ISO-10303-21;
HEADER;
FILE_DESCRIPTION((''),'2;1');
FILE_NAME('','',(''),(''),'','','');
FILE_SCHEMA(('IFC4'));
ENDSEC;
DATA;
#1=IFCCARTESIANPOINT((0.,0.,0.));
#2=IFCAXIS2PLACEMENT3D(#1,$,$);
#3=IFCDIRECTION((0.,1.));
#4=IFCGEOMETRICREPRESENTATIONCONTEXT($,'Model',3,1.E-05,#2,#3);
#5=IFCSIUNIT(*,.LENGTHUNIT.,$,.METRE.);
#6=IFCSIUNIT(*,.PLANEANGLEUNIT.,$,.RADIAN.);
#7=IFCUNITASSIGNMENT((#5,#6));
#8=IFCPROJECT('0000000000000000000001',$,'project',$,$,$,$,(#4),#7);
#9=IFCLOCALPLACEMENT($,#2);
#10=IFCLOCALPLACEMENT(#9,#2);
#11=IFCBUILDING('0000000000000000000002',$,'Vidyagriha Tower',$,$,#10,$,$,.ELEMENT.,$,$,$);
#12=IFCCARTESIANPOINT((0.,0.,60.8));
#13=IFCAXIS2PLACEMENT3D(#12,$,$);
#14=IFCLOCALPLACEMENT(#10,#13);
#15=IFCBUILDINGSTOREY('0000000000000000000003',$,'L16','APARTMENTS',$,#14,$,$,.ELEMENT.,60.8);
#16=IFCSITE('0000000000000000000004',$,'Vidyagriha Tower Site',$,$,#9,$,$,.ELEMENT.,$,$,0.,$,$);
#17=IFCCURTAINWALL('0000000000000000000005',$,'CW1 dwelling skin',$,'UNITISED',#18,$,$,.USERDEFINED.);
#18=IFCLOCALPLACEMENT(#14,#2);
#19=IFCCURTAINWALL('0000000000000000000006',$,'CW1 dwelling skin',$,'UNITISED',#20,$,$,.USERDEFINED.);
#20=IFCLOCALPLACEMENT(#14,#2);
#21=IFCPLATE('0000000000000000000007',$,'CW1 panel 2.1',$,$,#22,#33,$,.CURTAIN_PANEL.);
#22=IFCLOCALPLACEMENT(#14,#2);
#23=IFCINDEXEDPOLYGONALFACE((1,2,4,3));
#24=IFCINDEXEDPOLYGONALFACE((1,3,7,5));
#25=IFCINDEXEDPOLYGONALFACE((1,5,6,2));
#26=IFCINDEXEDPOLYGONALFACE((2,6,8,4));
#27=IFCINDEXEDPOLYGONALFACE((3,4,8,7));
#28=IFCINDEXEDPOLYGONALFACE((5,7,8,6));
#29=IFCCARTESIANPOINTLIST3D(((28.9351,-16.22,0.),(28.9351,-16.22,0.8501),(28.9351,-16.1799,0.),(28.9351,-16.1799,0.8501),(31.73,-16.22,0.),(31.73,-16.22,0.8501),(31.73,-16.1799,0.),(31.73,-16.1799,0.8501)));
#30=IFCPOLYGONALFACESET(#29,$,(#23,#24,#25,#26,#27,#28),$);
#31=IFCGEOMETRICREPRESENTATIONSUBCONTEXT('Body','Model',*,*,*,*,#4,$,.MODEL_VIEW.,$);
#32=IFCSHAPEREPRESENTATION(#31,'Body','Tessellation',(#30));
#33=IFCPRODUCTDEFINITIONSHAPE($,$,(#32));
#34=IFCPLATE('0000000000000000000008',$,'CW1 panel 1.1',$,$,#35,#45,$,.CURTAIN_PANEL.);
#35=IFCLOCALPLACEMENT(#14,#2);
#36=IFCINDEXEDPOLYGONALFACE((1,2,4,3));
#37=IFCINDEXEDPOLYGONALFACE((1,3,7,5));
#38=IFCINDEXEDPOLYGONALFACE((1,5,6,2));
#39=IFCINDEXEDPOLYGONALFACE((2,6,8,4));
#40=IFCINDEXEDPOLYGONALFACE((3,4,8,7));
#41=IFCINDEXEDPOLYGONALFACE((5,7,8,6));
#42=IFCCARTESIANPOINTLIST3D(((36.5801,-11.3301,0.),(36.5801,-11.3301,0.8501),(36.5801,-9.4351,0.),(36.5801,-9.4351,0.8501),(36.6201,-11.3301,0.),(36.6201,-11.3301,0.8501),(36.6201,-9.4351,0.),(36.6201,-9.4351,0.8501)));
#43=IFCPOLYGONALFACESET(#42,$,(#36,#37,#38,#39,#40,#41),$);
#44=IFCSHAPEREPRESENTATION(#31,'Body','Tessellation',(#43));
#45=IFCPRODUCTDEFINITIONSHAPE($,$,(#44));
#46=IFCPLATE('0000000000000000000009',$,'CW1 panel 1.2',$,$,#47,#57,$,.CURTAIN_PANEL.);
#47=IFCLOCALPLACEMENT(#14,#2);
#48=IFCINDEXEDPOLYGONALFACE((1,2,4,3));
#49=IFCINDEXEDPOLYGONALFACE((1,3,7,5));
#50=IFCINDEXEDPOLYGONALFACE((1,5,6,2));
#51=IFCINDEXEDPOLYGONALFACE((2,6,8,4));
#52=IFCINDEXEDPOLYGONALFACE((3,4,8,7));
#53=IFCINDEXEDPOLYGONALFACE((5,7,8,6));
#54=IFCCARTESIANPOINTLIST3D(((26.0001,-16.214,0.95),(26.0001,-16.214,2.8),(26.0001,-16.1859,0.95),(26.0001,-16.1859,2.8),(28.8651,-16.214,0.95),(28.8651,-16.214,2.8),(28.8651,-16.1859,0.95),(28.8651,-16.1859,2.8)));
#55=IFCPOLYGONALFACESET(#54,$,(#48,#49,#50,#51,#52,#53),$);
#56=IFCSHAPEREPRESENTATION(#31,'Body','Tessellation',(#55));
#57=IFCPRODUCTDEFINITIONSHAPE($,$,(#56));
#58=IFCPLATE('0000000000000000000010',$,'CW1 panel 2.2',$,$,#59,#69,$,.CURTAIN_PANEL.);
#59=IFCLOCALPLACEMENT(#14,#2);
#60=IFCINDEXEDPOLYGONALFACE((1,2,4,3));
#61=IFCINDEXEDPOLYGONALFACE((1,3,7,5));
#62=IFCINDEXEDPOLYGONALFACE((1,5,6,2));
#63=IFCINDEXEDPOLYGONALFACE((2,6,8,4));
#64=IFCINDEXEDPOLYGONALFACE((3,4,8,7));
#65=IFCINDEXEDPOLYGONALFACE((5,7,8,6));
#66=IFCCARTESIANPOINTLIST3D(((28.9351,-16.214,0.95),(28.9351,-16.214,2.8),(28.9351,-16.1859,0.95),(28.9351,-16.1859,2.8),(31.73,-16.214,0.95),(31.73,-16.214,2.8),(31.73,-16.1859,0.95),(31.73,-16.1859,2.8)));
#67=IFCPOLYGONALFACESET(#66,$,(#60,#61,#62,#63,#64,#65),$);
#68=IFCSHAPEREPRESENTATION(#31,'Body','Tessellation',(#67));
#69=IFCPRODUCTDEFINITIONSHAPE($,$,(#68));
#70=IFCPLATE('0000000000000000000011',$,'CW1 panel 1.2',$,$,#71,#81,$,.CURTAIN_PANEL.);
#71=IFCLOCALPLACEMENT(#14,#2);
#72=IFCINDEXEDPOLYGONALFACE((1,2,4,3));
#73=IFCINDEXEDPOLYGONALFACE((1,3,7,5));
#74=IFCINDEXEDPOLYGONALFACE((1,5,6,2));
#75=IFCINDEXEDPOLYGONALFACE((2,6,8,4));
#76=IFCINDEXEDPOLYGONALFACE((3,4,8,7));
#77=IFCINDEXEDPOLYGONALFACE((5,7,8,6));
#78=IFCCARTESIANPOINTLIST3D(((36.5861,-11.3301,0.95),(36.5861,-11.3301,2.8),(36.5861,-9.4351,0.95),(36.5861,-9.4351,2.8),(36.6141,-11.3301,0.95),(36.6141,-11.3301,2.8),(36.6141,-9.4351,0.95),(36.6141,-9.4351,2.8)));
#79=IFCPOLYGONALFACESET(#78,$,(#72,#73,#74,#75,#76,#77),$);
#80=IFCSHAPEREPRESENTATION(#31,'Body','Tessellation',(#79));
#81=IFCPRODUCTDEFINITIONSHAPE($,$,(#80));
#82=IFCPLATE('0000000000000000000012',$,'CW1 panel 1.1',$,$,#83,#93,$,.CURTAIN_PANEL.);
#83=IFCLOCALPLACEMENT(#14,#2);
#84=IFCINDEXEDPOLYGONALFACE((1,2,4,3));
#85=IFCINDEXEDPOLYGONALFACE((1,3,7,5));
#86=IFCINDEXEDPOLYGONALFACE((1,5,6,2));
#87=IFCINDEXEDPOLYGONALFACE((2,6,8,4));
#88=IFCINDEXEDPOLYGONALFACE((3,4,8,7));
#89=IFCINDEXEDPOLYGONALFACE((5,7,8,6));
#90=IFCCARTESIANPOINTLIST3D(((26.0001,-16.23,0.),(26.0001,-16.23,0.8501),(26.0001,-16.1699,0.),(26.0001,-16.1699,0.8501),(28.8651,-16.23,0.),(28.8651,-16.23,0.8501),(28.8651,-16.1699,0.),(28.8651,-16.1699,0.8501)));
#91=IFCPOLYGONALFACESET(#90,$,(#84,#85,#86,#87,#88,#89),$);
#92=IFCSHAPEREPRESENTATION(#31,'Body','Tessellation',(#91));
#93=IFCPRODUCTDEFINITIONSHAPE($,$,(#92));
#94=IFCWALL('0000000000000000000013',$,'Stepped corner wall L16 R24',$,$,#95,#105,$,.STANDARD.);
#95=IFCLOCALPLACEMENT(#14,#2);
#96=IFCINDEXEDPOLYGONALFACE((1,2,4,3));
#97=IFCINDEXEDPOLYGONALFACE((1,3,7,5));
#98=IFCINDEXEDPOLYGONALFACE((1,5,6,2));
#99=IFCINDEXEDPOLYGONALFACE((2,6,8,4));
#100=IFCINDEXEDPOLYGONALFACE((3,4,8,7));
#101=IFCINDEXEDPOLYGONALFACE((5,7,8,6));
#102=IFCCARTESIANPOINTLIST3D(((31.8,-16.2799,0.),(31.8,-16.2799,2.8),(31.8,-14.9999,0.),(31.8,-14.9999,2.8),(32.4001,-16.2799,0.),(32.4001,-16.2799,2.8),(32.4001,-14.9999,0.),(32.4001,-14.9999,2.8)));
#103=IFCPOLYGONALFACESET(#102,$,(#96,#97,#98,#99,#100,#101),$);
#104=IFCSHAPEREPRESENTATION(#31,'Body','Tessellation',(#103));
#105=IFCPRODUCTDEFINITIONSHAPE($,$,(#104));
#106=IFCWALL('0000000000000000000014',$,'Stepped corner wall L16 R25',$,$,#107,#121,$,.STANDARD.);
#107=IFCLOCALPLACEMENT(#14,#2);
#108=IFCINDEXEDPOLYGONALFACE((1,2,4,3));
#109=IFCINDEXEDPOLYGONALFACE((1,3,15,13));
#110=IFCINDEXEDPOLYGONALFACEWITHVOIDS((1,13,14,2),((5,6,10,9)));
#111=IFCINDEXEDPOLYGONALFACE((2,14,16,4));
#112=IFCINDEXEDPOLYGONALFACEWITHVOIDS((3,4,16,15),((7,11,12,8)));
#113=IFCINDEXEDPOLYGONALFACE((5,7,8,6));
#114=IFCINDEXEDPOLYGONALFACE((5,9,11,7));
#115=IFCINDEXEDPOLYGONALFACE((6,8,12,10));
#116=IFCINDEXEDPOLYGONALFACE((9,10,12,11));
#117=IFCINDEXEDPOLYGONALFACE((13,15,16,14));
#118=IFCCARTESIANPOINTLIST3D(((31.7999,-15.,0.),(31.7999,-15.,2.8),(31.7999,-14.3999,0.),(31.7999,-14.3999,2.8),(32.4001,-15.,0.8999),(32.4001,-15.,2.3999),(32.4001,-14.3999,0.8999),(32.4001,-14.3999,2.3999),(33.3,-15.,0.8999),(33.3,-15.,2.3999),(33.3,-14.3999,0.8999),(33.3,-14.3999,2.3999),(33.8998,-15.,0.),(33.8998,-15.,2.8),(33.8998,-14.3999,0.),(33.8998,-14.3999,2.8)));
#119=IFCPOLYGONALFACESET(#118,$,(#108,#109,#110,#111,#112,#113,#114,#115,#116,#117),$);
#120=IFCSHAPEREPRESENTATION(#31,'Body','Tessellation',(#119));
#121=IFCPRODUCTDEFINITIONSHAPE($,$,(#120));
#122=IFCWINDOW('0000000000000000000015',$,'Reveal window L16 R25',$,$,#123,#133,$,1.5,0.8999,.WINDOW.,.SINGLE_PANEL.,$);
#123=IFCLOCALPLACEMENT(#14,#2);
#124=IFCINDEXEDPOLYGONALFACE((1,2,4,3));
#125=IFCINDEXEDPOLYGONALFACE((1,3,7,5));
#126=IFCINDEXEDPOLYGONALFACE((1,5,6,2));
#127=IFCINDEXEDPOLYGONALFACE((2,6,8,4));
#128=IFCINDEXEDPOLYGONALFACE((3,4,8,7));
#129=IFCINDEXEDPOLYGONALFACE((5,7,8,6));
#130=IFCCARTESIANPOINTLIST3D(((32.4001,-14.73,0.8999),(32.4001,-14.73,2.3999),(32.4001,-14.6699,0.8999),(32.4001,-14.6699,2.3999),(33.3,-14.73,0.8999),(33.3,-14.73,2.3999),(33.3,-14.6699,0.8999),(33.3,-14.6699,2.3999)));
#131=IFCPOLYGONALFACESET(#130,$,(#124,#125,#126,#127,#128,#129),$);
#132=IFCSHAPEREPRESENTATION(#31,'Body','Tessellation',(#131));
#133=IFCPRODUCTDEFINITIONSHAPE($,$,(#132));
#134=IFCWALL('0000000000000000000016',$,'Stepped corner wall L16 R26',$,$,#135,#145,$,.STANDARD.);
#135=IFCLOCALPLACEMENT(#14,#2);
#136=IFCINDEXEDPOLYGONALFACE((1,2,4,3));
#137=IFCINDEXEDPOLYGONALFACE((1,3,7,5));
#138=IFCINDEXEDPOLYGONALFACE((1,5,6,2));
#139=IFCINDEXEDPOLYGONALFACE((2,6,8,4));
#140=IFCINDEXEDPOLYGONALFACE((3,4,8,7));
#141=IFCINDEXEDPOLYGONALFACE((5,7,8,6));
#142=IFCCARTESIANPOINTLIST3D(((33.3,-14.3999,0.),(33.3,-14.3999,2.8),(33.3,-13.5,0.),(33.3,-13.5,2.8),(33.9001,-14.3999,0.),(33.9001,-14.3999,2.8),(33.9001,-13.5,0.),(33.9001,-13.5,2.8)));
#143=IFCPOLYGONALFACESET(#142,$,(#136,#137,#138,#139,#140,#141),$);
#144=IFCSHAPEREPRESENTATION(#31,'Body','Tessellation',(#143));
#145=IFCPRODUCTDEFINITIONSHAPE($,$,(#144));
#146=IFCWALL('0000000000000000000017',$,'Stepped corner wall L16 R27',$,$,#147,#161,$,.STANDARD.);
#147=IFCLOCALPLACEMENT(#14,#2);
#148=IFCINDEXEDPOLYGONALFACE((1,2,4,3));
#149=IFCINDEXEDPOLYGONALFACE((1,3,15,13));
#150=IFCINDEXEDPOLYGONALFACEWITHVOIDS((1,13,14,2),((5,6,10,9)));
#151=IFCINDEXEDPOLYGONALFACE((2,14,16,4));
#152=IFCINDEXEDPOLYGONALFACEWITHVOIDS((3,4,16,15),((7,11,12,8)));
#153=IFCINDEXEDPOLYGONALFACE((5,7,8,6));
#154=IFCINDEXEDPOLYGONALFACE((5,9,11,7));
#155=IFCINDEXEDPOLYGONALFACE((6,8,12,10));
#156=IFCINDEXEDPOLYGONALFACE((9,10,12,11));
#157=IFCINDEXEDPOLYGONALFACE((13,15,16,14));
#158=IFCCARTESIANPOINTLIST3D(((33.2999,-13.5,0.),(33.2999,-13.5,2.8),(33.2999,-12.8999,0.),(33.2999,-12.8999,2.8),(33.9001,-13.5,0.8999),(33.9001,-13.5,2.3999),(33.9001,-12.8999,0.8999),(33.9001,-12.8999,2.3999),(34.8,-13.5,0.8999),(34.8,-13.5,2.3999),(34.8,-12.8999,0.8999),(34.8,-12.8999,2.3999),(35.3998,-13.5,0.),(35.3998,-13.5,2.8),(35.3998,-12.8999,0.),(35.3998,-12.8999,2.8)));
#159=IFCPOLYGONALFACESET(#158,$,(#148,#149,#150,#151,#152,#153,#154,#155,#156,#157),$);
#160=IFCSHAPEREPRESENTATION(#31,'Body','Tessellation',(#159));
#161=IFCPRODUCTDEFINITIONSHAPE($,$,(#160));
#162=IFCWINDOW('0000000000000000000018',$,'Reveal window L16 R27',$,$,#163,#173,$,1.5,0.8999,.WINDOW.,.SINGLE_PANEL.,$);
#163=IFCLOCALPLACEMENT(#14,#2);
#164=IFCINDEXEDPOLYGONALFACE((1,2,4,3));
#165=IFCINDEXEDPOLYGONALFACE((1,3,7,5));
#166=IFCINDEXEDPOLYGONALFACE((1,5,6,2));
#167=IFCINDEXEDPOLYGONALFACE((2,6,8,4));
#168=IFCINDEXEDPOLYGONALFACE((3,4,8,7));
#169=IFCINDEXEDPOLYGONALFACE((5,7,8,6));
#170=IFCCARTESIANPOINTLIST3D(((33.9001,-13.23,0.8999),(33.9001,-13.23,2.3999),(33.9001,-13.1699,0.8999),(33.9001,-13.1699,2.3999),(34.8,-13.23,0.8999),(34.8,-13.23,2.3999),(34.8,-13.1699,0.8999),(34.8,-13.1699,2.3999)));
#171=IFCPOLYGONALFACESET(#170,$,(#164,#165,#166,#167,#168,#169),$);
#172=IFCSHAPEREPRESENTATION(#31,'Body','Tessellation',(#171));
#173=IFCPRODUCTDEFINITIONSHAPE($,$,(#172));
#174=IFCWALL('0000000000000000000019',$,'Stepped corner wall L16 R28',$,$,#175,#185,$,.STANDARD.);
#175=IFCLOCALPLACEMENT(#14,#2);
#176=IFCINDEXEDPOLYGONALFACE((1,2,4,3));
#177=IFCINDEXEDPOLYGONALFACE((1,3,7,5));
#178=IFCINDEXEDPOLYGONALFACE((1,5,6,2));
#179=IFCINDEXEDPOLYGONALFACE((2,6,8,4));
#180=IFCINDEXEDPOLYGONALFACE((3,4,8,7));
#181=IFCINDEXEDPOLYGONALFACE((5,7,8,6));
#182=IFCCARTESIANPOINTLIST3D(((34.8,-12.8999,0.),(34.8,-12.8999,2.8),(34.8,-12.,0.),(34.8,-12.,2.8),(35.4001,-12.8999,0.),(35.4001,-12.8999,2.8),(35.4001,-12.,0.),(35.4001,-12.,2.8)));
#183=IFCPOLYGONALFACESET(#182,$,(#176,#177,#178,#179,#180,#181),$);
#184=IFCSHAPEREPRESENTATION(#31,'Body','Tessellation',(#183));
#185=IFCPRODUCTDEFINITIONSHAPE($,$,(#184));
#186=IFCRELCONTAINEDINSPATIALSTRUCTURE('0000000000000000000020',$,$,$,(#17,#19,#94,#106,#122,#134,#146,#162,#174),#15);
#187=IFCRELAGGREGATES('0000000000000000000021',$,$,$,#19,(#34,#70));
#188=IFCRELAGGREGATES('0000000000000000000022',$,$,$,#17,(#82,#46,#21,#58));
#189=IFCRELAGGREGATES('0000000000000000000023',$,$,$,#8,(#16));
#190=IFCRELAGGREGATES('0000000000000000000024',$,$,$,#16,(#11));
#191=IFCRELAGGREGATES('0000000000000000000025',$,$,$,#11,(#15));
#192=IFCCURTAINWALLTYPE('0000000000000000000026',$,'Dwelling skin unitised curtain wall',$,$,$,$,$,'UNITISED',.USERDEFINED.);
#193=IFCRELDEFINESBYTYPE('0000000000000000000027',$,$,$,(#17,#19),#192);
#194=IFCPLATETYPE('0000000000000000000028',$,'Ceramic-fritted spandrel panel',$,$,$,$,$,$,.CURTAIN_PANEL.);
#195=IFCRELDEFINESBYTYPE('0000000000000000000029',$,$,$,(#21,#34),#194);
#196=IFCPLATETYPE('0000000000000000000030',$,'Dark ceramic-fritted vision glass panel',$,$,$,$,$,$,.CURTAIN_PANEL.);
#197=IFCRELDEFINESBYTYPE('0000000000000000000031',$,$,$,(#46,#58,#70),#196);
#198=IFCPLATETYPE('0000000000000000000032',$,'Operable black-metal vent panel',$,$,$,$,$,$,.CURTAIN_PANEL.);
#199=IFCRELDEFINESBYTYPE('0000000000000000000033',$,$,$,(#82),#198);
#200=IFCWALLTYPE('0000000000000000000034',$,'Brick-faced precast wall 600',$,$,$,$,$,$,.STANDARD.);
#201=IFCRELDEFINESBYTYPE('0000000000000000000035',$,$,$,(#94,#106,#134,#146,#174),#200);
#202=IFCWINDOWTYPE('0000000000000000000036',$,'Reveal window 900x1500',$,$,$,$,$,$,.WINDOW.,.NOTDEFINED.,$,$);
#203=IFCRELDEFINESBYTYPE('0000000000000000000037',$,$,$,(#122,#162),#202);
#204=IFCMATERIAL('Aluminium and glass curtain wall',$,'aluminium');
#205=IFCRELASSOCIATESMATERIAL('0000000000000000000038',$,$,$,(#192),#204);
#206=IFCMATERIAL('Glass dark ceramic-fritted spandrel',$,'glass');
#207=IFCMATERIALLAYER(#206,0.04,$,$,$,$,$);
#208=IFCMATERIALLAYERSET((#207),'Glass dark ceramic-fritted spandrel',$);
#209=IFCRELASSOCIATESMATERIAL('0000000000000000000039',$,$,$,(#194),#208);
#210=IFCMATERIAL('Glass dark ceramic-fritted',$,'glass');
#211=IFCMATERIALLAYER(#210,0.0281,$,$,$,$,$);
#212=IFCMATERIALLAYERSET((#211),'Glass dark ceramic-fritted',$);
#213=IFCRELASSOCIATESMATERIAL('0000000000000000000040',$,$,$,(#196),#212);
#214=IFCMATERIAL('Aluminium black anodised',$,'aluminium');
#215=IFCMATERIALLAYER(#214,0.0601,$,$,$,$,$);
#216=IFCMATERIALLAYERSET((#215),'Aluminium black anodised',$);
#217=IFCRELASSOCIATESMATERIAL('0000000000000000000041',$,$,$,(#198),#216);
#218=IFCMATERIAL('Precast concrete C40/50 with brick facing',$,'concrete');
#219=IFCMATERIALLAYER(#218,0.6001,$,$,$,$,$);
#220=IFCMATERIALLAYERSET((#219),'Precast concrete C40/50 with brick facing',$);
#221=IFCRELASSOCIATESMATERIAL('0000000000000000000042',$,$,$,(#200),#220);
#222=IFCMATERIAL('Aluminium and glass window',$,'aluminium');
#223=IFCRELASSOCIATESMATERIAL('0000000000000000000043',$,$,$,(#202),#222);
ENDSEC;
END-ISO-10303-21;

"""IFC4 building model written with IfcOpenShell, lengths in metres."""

from ifc_helpers import new_model, si_unit, direction, frame, frame_2d, origin, origin_2d, place, context, subcontext, project, spatial, rectangle, extrude, material, layer, layer_set, type_object, element, fill, aggregate, save


model = new_model("IFC4")

# Units and contexts
model_context = context("Model", 3, precision=1e-05, world=origin(), true_north=direction((0.0, 1.0)))
body_context = subcontext(model_context, "Body", "Model", "MODEL_VIEW")
ifc_project = project(units=[si_unit("LENGTHUNIT", "METRE"), si_unit("PLANEANGLEUNIT", "RADIAN")], contexts=[model_context])

# Site, building, storey
site_placement = place(None, origin())
site = spatial("IfcSite", under=ifc_project, at=site_placement, Name="Vidyagriha Tower Site", CompositionType="ELEMENT", RefElevation=0.0)
building_placement = place(site_placement, origin())
building = spatial("IfcBuilding", under=site, at=building_placement, Name="Vidyagriha Tower", CompositionType="ELEMENT")
storey_placement = place(building_placement, frame((0.0, 0.0, 60.8)))
storey = spatial("IfcBuildingStorey", under=building, at=storey_placement, Name="L16", Description="APARTMENTS", CompositionType="ELEMENT", Elevation=60.8)

# Curtain walls
ifc_material_1 = material(Name="Aluminium and glass curtain wall", Category="aluminium")
curtain_wall_type = type_object("IfcCurtainWallType", Name="Dwelling skin unitised curtain wall", ElementType="UNITISED", PredefinedType="USERDEFINED", material=ifc_material_1)
curtain_wall_1_placement = place(storey_placement, origin())
curtain_wall_1 = element("IfcCurtainWall", 1, at=curtain_wall_1_placement, inside=storey, type_object=curtain_wall_type, Name="CW1 dwelling skin", ObjectType="UNITISED", PredefinedType="USERDEFINED")
curtain_wall_2_placement = place(storey_placement, origin())
curtain_wall_2 = element("IfcCurtainWall", 2, at=curtain_wall_2_placement, inside=storey, type_object=curtain_wall_type, Name="CW1 dwelling skin", ObjectType="UNITISED", PredefinedType="USERDEFINED")

# Plates
ifc_material_2 = material(Name="Glass dark ceramic-fritted spandrel", Category="glass")
ifc_layer_1 = layer(ifc_material_2, 0.04)
ifc_layer_set_1 = layer_set([ifc_layer_1], Name="Glass dark ceramic-fritted spandrel")
plate_type_1 = type_object("IfcPlateType", Name="Ceramic-fritted spandrel panel", PredefinedType="CURTAIN_PANEL", material=ifc_layer_set_1)
plate_1_placement = place(storey_placement, frame((30.3325, -16.2, 0.0)))
plate_1 = element("IfcPlate", 3, at=plate_1_placement, type_object=plate_type_1, Name="CW1 panel 2.1", PredefinedType="CURTAIN_PANEL", context=body_context, shape_type="SweptSolid", body=[
    extrude(rectangle(XDim=2.7949, YDim=0.04, at=origin_2d()), origin(), (0.0, 0.0, 1.0), 0.8501),
])
plate_2_placement = place(storey_placement, frame((36.6001, -10.3826, 0.0), z_axis=(0.0, 0.0, 1.0), x_axis=(0.0, 1.0, 0.0)))
plate_2 = element("IfcPlate", 4, at=plate_2_placement, type_object=plate_type_1, Name="CW1 panel 1.1", PredefinedType="CURTAIN_PANEL", context=body_context, shape_type="SweptSolid", body=[
    extrude(rectangle(XDim=1.895, YDim=0.04, at=origin_2d()), origin(), (0.0, 0.0, 1.0), 0.8501),
])
ifc_material_3 = material(Name="Glass dark ceramic-fritted", Category="glass")
ifc_layer_2 = layer(ifc_material_3, 0.0281)
ifc_layer_set_2 = layer_set([ifc_layer_2], Name="Glass dark ceramic-fritted")
plate_type_2 = type_object("IfcPlateType", Name="Dark ceramic-fritted vision glass panel", PredefinedType="CURTAIN_PANEL", material=ifc_layer_set_2)
plate_3_placement = place(storey_placement, frame((27.4326, -16.2, 0.95)))
plate_3 = element("IfcPlate", 5, at=plate_3_placement, type_object=plate_type_2, Name="CW1 panel 1.2", PredefinedType="CURTAIN_PANEL", context=body_context, shape_type="SweptSolid", body=[
    extrude(rectangle(XDim=2.865, YDim=0.0281, at=origin_2d()), origin(), (0.0, 0.0, 1.0), 1.8501),
])
plate_4_placement = place(storey_placement, frame((30.3325, -16.2, 0.95)))
plate_4 = element("IfcPlate", 6, at=plate_4_placement, type_object=plate_type_2, Name="CW1 panel 2.2", PredefinedType="CURTAIN_PANEL", context=body_context, shape_type="SweptSolid", body=[
    extrude(rectangle(XDim=2.7949, YDim=0.0281, at=origin_2d()), origin(), (0.0, 0.0, 1.0), 1.8501),
])
plate_5_placement = place(storey_placement, frame((36.6001, -10.3826, 0.95), z_axis=(0.0, 0.0, 1.0), x_axis=(0.0, 1.0, 0.0)))
plate_5 = element("IfcPlate", 7, at=plate_5_placement, type_object=plate_type_2, Name="CW1 panel 1.2", PredefinedType="CURTAIN_PANEL", context=body_context, shape_type="SweptSolid", body=[
    extrude(rectangle(XDim=1.895, YDim=0.0281, at=origin_2d()), origin(), (0.0, 0.0, 1.0), 1.8501),
])
aggregate(curtain_wall_2, [plate_2, plate_5])
ifc_material_4 = material(Name="Aluminium black anodised", Category="aluminium")
ifc_layer_3 = layer(ifc_material_4, 0.0601)
ifc_layer_set_3 = layer_set([ifc_layer_3], Name="Aluminium black anodised")
plate_type_3 = type_object("IfcPlateType", Name="Operable black-metal vent panel", PredefinedType="CURTAIN_PANEL", material=ifc_layer_set_3)
plate_6_placement = place(storey_placement, frame((27.4326, -16.2, 0.0)))
plate_6 = element("IfcPlate", 8, at=plate_6_placement, type_object=plate_type_3, Name="CW1 panel 1.1", PredefinedType="CURTAIN_PANEL", context=body_context, shape_type="SweptSolid", body=[
    extrude(rectangle(XDim=2.865, YDim=0.0601, at=origin_2d()), origin(), (0.0, 0.0, 1.0), 0.8501),
])
aggregate(curtain_wall_1, [plate_6, plate_3, plate_1, plate_4])

# Wall
ifc_material_5 = material(Name="Precast concrete C40/50 with brick facing", Category="concrete")
ifc_layer_4 = layer(ifc_material_5, 0.6001)
ifc_layer_set_4 = layer_set([ifc_layer_4], Name="Precast concrete C40/50 with brick facing")
wall_type = type_object("IfcWallType", Name="Brick-faced precast wall 600", PredefinedType="STANDARD", material=ifc_layer_set_4)
wall_1_placement = place(storey_placement, frame((32.1001, -16.28, 0.0), z_axis=(0.0, 0.0, 1.0), x_axis=(0.0, 1.0, 0.0)))
element("IfcWall", 9, at=wall_1_placement, inside=storey, type_object=wall_type, Name="Stepped corner wall L16 R24", PredefinedType="STANDARD", context=body_context, shape_type="SweptSolid", body=[
    extrude(rectangle(XDim=1.28, YDim=0.6001, at=frame_2d((0.6401, 0.0))), origin(), (0.0, 0.0, 1.0), 2.8),
])

# Wall, opening, window
wall_2_placement = place(storey_placement, frame((31.8, -14.7, 0.0)))
wall_2 = element("IfcWall", 10, at=wall_2_placement, inside=storey, type_object=wall_type, Name="Stepped corner wall L16 R25", PredefinedType="STANDARD", context=body_context, shape_type="SweptSolid", body=[
    extrude(rectangle(XDim=2.0999, YDim=0.6001, at=frame_2d((1.0498, 0.0))), origin(), (0.0, 0.0, 1.0), 2.8),
])
opening_1_placement = place(wall_2_placement, frame((0.6001, 0.0, 0.8999)))
opening_1 = element("IfcOpeningElement", 11, at=opening_1_placement, cuts=wall_2, PredefinedType="OPENING", context=body_context, shape_type="SweptSolid", body=[
    extrude(rectangle(XDim=0.8999, YDim=1.5, at=frame_2d((0.45, 0.75))), frame((0.0, 0.3101, 0.0), z_axis=(0.0, -1.0, 0.0), x_axis=(1.0, 0.0, 0.0)), (0.0, 0.0, 1.0), 0.6201),
])
ifc_material_6 = material(Name="Aluminium and glass window", Category="aluminium")
window_type = type_object("IfcWindowType", Name="Reveal window 900x1500", PartitioningType="NOTDEFINED", PredefinedType="WINDOW", material=ifc_material_6)
window_1_placement = place(opening_1_placement, origin())
window_1 = element("IfcWindow", 12, at=window_1_placement, inside=storey, type_object=window_type, Name="Reveal window L16 R25", OverallHeight=1.5, OverallWidth=0.8999, PartitioningType="SINGLE_PANEL", PredefinedType="WINDOW", context=body_context, shape_type="SweptSolid", body=[
    extrude(rectangle(XDim=0.8999, YDim=1.5, at=frame_2d((0.45, 0.75))), frame((0.0, 0.03, 0.0), z_axis=(0.0, -1.0, 0.0), x_axis=(1.0, 0.0, 0.0)), (0.0, 0.0, 1.0), 0.0601),
])
fill(opening_1, window_1)

# Wall
wall_3_placement = place(storey_placement, frame((33.6001, -14.3999, 0.0), z_axis=(0.0, 0.0, 1.0), x_axis=(0.0, 1.0, 0.0)))
element("IfcWall", 13, at=wall_3_placement, inside=storey, type_object=wall_type, Name="Stepped corner wall L16 R26", PredefinedType="STANDARD", context=body_context, shape_type="SweptSolid", body=[
    extrude(rectangle(XDim=0.8999, YDim=0.6001, at=frame_2d((0.45, 0.0))), origin(), (0.0, 0.0, 1.0), 2.8),
])

# Wall, opening, window
wall_4_placement = place(storey_placement, frame((33.3, -13.2, 0.0)))
wall_4 = element("IfcWall", 14, at=wall_4_placement, inside=storey, type_object=wall_type, Name="Stepped corner wall L16 R27", PredefinedType="STANDARD", context=body_context, shape_type="SweptSolid", body=[
    extrude(rectangle(XDim=2.0999, YDim=0.6001, at=frame_2d((1.0498, 0.0))), origin(), (0.0, 0.0, 1.0), 2.8),
])
opening_2_placement = place(wall_4_placement, frame((0.6001, 0.0, 0.8999)))
opening_2 = element("IfcOpeningElement", 15, at=opening_2_placement, cuts=wall_4, PredefinedType="OPENING", context=body_context, shape_type="SweptSolid", body=[
    extrude(rectangle(XDim=0.8999, YDim=1.5, at=frame_2d((0.45, 0.75))), frame((0.0, 0.3101, 0.0), z_axis=(0.0, -1.0, 0.0), x_axis=(1.0, 0.0, 0.0)), (0.0, 0.0, 1.0), 0.6201),
])
window_2_placement = place(opening_2_placement, origin())
window_2 = element("IfcWindow", 16, at=window_2_placement, inside=storey, type_object=window_type, Name="Reveal window L16 R27", OverallHeight=1.5, OverallWidth=0.8999, PartitioningType="SINGLE_PANEL", PredefinedType="WINDOW", context=body_context, shape_type="SweptSolid", body=[
    extrude(rectangle(XDim=0.8999, YDim=1.5, at=frame_2d((0.45, 0.75))), frame((0.0, 0.03, 0.0), z_axis=(0.0, -1.0, 0.0), x_axis=(1.0, 0.0, 0.0)), (0.0, 0.0, 1.0), 0.0601),
])
fill(opening_2, window_2)

# Wall
wall_5_placement = place(storey_placement, frame((35.1001, -12.8999, 0.0), z_axis=(0.0, 0.0, 1.0), x_axis=(0.0, 1.0, 0.0)))
element("IfcWall", 17, at=wall_5_placement, inside=storey, type_object=wall_type, Name="Stepped corner wall L16 R28", PredefinedType="STANDARD", context=body_context, shape_type="SweptSolid", body=[
    extrude(rectangle(XDim=0.8999, YDim=0.6001, at=frame_2d((0.45, 0.0))), origin(), (0.0, 0.0, 1.0), 2.8),
])

save(model, "model.ifc")
